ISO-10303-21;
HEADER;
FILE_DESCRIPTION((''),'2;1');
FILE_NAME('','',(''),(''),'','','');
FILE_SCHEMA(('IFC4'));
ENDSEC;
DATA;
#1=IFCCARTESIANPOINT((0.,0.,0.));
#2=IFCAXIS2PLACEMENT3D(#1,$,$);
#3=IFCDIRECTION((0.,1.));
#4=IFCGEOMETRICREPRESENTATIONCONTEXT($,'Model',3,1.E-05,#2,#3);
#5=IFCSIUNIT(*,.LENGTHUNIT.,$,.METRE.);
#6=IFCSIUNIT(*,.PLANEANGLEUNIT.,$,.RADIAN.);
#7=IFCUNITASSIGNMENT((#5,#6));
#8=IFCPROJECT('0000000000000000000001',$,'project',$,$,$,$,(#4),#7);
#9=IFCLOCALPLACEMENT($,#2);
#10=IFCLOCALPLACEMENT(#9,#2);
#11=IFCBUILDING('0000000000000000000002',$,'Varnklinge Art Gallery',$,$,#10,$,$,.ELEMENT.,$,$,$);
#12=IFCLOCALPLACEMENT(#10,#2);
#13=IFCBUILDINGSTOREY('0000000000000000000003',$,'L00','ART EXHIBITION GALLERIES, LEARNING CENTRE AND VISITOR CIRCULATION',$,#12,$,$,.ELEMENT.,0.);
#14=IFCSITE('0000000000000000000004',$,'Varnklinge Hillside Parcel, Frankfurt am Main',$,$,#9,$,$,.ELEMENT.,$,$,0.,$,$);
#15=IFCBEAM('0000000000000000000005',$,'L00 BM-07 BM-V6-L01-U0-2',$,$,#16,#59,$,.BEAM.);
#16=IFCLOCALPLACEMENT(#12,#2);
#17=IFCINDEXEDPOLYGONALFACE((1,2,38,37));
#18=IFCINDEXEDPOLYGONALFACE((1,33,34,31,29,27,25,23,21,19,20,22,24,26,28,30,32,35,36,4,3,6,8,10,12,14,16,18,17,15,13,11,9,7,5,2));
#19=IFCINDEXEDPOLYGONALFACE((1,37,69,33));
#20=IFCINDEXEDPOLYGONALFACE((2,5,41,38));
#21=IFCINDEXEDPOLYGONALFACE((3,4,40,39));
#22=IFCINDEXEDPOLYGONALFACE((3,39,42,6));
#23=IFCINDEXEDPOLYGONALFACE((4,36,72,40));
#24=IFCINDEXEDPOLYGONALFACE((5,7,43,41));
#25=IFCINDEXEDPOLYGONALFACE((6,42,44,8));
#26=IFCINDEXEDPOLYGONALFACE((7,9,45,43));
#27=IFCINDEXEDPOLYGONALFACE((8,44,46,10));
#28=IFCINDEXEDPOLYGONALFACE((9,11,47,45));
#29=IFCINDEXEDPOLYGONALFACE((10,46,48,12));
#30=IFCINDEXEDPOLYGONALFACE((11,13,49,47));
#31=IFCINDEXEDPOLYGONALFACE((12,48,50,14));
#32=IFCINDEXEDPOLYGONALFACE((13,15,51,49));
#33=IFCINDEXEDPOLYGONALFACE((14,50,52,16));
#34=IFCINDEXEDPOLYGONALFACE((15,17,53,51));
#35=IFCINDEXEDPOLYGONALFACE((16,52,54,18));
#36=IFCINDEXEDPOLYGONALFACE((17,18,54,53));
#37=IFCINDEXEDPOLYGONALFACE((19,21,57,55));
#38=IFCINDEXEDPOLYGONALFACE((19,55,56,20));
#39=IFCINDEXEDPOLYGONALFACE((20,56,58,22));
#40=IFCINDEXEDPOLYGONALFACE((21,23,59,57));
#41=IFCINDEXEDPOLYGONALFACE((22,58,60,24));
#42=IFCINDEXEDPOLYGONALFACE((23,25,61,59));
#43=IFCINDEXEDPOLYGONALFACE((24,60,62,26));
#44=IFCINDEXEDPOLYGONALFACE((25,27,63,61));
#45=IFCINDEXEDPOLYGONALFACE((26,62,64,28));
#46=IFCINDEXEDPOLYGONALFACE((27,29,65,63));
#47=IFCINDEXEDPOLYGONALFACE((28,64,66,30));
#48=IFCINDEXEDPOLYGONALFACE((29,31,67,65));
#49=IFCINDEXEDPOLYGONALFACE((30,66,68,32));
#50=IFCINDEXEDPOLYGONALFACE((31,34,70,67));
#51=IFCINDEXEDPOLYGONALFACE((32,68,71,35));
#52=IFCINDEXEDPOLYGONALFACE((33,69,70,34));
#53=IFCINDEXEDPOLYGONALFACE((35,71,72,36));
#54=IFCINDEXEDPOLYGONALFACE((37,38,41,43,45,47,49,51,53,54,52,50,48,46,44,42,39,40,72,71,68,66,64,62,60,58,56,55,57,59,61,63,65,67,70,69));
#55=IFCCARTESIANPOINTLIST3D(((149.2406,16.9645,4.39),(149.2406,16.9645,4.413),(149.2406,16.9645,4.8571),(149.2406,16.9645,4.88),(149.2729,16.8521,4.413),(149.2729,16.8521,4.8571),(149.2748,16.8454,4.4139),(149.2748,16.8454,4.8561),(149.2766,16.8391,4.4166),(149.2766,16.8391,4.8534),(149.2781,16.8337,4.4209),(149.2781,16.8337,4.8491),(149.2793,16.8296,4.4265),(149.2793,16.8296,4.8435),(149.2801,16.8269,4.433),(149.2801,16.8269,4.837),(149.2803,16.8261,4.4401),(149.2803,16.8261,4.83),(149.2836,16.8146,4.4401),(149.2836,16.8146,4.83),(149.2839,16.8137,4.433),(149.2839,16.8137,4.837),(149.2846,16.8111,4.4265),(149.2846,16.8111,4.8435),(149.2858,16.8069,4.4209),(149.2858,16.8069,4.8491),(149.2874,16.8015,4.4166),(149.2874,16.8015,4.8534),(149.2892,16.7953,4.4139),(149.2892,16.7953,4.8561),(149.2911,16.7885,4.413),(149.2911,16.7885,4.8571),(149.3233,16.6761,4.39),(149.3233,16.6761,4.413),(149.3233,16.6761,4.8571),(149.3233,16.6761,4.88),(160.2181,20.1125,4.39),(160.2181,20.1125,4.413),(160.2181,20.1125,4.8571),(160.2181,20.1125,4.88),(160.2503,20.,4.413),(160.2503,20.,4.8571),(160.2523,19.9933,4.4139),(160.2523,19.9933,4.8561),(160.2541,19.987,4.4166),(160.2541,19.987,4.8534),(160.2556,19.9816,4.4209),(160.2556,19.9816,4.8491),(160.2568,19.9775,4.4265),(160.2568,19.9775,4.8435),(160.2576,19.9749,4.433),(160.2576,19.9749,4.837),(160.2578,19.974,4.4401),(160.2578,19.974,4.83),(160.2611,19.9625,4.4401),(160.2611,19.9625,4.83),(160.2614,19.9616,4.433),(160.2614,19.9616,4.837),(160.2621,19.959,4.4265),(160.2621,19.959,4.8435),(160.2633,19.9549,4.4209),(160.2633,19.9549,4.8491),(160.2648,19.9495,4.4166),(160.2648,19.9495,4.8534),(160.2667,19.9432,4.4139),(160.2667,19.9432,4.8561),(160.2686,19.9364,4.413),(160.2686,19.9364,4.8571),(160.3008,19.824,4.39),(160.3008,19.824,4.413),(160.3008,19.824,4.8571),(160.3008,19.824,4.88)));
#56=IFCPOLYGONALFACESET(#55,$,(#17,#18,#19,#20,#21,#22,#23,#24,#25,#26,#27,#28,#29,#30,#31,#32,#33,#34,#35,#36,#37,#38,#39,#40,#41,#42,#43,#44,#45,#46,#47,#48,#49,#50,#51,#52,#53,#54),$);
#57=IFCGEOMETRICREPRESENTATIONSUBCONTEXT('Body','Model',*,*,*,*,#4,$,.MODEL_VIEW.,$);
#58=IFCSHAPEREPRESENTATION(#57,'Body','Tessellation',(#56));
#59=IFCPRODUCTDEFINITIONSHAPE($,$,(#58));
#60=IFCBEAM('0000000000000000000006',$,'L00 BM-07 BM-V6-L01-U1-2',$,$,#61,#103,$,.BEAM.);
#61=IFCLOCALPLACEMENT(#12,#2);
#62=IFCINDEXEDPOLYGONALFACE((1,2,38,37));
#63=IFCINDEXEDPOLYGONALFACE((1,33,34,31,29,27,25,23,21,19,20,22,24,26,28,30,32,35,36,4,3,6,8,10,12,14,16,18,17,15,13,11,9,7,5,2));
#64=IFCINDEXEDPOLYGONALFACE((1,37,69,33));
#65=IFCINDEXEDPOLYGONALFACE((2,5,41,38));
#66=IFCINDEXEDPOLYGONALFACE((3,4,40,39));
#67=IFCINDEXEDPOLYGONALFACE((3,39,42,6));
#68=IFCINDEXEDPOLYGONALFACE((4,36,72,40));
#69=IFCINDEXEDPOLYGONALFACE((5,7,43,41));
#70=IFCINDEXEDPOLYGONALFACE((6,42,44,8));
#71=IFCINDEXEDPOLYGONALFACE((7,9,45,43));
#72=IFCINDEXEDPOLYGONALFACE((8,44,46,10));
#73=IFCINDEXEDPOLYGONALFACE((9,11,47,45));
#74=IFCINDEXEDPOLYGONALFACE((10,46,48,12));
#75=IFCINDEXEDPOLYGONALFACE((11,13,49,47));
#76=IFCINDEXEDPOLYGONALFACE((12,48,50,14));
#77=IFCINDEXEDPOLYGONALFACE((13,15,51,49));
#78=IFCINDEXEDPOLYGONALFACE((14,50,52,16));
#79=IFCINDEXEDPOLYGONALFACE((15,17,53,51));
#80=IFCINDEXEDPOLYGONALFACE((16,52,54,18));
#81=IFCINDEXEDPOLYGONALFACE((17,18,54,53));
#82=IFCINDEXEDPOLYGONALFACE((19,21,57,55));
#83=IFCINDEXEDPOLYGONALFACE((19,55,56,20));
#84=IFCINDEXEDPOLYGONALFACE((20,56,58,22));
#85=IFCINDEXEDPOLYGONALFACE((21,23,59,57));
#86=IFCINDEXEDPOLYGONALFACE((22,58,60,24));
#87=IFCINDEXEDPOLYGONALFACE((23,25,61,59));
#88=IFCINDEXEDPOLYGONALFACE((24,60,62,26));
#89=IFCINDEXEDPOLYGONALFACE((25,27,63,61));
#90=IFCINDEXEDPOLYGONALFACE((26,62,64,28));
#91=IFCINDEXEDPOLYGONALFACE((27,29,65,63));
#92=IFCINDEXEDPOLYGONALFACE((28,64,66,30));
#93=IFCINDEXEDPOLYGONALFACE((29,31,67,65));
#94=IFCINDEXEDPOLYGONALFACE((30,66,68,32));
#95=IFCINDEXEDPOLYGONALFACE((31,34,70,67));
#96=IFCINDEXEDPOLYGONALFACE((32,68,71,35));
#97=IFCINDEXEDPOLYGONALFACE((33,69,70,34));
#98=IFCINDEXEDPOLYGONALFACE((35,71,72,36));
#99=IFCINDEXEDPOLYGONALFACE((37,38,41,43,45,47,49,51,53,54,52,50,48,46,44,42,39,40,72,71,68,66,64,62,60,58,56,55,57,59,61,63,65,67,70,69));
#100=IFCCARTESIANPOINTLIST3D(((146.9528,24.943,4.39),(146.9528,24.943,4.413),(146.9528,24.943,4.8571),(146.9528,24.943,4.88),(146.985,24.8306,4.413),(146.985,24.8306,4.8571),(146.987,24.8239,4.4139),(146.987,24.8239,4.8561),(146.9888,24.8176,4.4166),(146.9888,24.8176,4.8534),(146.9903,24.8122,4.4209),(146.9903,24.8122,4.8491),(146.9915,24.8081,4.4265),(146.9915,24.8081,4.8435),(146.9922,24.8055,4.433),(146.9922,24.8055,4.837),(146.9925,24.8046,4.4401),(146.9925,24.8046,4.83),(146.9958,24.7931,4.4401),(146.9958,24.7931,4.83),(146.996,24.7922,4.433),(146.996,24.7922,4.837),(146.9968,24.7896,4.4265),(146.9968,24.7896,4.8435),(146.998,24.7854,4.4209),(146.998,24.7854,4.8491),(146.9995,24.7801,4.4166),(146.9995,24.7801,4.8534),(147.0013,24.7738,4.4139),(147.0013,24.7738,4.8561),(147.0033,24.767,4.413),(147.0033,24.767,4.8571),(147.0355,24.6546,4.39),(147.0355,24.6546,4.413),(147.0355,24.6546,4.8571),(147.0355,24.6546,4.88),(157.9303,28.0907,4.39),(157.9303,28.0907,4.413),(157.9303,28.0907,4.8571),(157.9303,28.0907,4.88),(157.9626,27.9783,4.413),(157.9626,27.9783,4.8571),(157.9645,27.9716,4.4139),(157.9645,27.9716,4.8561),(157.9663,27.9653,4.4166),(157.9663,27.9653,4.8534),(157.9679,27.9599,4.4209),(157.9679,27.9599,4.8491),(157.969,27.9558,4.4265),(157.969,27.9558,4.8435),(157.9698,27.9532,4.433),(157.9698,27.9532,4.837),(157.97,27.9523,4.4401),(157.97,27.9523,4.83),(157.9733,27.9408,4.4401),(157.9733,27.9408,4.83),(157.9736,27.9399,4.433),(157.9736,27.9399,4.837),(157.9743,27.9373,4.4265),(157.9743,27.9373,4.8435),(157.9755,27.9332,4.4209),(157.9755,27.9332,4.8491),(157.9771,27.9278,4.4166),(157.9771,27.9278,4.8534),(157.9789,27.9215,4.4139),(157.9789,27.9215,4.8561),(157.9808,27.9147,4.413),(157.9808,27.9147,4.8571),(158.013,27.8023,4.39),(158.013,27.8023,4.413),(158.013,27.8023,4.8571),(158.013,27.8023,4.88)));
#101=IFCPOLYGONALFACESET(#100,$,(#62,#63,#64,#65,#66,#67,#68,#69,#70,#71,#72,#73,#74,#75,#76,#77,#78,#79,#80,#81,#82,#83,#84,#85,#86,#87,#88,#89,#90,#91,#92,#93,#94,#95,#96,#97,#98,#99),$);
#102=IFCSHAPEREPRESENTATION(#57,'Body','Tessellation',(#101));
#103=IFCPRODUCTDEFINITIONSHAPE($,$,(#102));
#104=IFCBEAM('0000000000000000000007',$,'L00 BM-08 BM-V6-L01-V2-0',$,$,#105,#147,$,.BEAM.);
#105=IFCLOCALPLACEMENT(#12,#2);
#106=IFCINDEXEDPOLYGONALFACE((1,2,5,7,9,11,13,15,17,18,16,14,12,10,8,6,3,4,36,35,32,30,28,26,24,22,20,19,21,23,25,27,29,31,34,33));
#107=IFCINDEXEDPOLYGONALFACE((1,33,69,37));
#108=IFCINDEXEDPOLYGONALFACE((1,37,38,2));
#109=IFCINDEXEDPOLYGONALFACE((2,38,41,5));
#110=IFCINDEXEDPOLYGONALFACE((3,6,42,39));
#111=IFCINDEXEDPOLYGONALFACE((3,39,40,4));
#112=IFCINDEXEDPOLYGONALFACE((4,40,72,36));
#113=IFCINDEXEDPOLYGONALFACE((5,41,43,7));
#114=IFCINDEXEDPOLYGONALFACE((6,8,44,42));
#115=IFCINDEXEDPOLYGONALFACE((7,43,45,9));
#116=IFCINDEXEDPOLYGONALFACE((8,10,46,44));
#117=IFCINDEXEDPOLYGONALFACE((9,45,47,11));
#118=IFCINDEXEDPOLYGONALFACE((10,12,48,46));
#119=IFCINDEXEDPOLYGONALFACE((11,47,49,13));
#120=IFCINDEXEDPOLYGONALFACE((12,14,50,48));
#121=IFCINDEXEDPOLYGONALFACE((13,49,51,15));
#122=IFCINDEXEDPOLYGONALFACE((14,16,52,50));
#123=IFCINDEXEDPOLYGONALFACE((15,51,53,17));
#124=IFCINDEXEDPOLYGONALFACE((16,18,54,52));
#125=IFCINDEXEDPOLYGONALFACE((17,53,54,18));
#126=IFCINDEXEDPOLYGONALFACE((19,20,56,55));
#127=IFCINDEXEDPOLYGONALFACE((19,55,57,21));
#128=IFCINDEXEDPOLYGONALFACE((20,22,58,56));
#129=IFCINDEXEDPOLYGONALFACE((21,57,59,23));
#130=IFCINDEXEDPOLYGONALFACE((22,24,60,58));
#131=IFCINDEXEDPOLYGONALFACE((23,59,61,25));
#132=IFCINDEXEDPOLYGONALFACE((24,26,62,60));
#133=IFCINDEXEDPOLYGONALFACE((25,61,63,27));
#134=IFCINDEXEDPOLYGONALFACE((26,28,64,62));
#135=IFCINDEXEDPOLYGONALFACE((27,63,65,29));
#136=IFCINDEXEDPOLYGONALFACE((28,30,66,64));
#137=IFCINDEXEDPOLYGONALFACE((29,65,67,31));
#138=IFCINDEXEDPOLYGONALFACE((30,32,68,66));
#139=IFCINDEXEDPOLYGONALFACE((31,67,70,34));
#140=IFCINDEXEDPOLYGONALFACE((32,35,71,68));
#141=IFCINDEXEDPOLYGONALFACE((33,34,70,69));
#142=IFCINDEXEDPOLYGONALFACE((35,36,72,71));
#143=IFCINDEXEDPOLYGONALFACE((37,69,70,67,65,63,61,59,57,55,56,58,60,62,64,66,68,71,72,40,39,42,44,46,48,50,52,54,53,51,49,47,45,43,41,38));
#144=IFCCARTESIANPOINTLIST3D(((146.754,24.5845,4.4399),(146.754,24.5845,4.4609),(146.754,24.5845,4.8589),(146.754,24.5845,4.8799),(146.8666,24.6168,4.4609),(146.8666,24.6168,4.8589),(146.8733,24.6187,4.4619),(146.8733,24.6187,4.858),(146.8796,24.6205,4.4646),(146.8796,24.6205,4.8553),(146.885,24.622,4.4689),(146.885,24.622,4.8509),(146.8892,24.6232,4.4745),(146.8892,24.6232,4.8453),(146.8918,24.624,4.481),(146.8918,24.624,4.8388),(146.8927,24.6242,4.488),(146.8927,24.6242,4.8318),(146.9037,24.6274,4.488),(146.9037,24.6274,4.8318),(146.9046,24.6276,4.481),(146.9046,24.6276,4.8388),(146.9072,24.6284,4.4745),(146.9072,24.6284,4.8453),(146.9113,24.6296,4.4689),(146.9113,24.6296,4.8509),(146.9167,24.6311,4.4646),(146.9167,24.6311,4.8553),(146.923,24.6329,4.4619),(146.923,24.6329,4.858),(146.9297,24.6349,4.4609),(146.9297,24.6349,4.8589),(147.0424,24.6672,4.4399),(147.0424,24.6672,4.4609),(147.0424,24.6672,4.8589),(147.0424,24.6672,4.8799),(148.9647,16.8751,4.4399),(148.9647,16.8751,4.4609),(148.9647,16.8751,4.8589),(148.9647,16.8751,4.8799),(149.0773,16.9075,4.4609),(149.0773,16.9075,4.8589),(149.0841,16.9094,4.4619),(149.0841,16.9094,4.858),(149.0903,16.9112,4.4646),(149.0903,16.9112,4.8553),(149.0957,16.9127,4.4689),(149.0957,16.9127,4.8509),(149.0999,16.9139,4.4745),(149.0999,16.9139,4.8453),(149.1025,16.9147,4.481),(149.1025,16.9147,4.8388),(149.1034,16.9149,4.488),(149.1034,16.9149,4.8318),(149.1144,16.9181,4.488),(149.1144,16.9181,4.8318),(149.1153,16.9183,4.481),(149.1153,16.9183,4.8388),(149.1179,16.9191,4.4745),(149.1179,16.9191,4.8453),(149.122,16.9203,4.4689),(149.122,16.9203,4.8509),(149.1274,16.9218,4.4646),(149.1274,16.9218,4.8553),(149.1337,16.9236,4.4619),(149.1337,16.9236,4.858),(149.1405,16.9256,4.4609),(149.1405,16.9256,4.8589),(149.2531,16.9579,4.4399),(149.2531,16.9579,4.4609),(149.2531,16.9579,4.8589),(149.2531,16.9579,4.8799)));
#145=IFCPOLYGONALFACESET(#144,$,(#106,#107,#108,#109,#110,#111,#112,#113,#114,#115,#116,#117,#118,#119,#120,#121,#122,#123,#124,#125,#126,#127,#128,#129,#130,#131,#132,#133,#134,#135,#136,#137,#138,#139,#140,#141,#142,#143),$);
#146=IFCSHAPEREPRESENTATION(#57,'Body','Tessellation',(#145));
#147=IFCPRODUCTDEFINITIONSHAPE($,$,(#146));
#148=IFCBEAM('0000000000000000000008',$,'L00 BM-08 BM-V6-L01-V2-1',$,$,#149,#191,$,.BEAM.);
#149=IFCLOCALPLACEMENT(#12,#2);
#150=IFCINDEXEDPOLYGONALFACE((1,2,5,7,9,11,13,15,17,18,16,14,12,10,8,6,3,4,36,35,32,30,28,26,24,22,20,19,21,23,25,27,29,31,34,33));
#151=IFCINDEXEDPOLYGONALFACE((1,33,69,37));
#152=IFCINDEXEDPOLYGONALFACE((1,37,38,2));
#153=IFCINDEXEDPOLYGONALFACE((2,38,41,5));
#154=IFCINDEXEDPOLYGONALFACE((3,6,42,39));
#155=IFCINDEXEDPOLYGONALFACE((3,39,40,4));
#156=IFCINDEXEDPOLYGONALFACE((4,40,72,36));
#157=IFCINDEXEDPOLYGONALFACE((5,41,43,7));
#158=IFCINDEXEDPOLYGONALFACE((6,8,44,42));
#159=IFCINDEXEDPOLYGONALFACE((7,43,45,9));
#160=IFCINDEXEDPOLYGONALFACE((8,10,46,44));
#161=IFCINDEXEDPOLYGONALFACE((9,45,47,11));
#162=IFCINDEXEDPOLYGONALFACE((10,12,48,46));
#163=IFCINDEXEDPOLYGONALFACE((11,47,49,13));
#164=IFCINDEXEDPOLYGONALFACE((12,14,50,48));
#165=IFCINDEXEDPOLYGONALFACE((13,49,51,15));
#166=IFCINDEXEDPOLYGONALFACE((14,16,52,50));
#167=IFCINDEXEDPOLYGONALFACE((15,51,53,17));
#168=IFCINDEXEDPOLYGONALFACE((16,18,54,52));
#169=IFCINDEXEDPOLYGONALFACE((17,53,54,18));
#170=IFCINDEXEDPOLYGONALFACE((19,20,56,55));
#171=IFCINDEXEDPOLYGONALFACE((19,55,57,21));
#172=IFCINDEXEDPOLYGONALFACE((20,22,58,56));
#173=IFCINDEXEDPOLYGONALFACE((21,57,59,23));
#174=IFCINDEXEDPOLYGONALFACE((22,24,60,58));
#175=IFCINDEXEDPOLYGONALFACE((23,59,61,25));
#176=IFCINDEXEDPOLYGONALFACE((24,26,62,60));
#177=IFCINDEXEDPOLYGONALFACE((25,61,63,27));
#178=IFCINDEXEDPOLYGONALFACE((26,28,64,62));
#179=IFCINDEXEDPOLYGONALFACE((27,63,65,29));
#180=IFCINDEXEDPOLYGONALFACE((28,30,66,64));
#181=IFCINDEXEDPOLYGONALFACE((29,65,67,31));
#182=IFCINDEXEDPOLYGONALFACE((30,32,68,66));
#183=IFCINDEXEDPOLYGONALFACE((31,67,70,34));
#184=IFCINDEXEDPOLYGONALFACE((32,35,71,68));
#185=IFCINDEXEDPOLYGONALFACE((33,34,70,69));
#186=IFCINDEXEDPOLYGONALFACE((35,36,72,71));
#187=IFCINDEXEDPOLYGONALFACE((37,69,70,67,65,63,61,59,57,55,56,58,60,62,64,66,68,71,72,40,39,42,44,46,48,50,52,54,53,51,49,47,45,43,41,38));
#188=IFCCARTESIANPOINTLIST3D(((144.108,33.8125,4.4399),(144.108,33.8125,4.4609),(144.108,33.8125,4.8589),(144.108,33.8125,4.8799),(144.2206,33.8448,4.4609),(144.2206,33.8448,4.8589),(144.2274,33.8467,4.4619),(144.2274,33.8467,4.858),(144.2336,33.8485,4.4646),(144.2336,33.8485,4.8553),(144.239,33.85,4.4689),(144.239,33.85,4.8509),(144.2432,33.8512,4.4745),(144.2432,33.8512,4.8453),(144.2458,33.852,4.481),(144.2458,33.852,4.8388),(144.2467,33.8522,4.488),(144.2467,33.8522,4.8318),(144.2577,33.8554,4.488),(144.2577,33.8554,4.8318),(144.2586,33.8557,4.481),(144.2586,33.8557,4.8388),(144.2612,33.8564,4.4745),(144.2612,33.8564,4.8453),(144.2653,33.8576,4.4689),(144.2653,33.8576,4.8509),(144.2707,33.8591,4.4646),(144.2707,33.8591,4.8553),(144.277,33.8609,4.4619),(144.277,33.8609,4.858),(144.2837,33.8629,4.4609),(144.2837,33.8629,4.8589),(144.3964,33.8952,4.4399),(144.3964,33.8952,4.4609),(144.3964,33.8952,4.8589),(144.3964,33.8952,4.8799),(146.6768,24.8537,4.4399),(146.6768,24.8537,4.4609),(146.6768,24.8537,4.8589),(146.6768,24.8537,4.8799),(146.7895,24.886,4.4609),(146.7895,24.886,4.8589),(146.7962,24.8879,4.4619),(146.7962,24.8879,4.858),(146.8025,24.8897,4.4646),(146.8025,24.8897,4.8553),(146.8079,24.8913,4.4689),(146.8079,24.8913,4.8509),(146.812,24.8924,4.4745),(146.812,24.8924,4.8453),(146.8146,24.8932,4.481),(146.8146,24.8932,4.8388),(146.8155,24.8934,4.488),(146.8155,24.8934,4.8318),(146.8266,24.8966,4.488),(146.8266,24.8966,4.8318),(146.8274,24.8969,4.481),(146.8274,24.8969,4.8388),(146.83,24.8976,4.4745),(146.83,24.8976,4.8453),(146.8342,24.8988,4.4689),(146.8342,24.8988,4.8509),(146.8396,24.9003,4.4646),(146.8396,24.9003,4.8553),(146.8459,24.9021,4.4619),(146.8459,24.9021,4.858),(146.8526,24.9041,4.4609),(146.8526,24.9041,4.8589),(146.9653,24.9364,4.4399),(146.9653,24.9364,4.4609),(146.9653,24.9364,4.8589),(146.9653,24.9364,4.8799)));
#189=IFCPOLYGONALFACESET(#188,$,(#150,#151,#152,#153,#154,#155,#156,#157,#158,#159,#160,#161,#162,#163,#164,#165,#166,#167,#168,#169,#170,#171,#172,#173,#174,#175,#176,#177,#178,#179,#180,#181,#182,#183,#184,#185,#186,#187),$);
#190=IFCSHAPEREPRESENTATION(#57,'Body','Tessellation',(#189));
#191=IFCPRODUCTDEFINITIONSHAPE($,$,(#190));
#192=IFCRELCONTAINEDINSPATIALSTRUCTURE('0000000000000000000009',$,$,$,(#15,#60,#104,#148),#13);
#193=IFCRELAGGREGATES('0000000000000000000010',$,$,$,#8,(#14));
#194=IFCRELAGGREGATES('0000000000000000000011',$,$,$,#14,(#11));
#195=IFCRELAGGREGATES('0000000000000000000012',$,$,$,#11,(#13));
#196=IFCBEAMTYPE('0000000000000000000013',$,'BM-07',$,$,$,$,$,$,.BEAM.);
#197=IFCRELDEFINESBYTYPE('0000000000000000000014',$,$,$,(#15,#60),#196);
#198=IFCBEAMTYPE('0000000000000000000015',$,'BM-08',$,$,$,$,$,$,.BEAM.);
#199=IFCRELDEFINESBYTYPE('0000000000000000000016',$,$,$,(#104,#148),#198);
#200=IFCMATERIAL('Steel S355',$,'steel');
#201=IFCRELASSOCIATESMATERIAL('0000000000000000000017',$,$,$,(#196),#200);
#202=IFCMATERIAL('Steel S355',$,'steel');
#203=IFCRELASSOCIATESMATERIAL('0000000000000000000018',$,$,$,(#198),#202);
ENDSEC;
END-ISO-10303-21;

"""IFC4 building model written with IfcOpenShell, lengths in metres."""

from ifc_helpers import new_model, si_unit, direction, frame, origin, origin_2d, place, context, subcontext, project, spatial, i_section, extrude, material, material_profile, profile_set, type_object, element, save


model = new_model("IFC4")

# Units and contexts
model_context = context("Model", 3, precision=1e-05, world=origin(), true_north=direction((0.0, 1.0)))
body_context = subcontext(model_context, "Body", "Model", "MODEL_VIEW")
ifc_project = project(units=[si_unit("LENGTHUNIT", "METRE"), si_unit("PLANEANGLEUNIT", "RADIAN")], contexts=[model_context])

# Site, building, storey
site_placement = place(None, origin())
site = spatial("IfcSite", under=ifc_project, at=site_placement, Name="Varnklinge Hillside Parcel, Frankfurt am Main", CompositionType="ELEMENT", RefElevation=0.0)
building_placement = place(site_placement, origin())
building = spatial("IfcBuilding", under=site, at=building_placement, Name="Varnklinge Art Gallery", CompositionType="ELEMENT")
storey_placement = place(building_placement, origin())
storey = spatial("IfcBuildingStorey", under=building, at=storey_placement, Name="L00", Description="ART EXHIBITION GALLERIES, LEARNING CENTRE AND VISITOR CIRCULATION", CompositionType="ELEMENT", Elevation=0.0)

# Beams
ifc_material_1 = material(Name="Steel S355", Category="steel")
ifc_material_profile_1 = material_profile(ifc_material_1, i_section(OverallWidth=0.3, OverallDepth=0.49, WebThickness=0.012, FlangeThickness=0.0229, FilletRadius=0.0271, at=origin_2d()), Name="HEA 500")
ifc_profile_set_1 = profile_set([ifc_material_profile_1], Name="Steel S355")
beam_type_1 = type_object("IfcBeamType", Name="BM-07", PredefinedType="BEAM", material=ifc_profile_set_1)
for number, where, z_axis, x_axis, name in (
    (1, (149.282, 16.8203, 4.635), (0.961257, 0.275653, 0.0), (-0.275653, 0.961257, 0.0), "L00 BM-07 BM-V6-L01-U0-2"),
    (2, (146.9941, 24.7988, 4.635), (0.961263, 0.275633, 0.0), (-0.275633, 0.961263, 0.0), "L00 BM-07 BM-V6-L01-U1-2"),
):
    element("IfcBeam", number, at=place(storey_placement, frame(where, z_axis=z_axis, x_axis=x_axis)), inside=storey, type_object=beam_type_1, Name=name, PredefinedType="BEAM", context=body_context, shape_type="SweptSolid", body=[
        extrude(i_section(OverallWidth=0.3, OverallDepth=0.49, WebThickness=0.012, FlangeThickness=0.0229, FilletRadius=0.0271, at=origin_2d()), origin(), (0.0, 0.0, 1.0), 11.4199),
    ])
ifc_material_2 = material(Name="Steel S355", Category="steel")
ifc_material_profile_2 = material_profile(ifc_material_2, i_section(OverallWidth=0.3, OverallDepth=0.4399, WebThickness=0.0115, FlangeThickness=0.021, FilletRadius=0.0271, at=origin_2d()), Name="HEA 450")
ifc_profile_set_2 = profile_set([ifc_material_profile_2], Name="Steel S355")
beam_type_2 = type_object("IfcBeamType", Name="BM-08", PredefinedType="BEAM", material=ifc_profile_set_2)
beam_1_placement = place(storey_placement, frame((149.1089, 16.9165, 4.6599), z_axis=(-0.27565, 0.961258, 0.0), x_axis=(-0.961258, -0.27565, 0.0)))
element("IfcBeam", 3, at=beam_1_placement, inside=storey, type_object=beam_type_2, Name="L00 BM-08 BM-V6-L01-V2-0", PredefinedType="BEAM", context=body_context, shape_type="SweptSolid", body=[
    extrude(i_section(OverallWidth=0.3, OverallDepth=0.4399, WebThickness=0.0115, FlangeThickness=0.021, FilletRadius=0.0271, at=origin_2d()), origin(), (0.0, 0.0, 1.0), 8.02),
])
beam_2_placement = place(storey_placement, frame((146.821, 24.895, 4.6599), z_axis=(-0.275634, 0.961263, 0.0), x_axis=(-0.961263, -0.275634, 0.0)))
element("IfcBeam", 4, at=beam_2_placement, inside=storey, type_object=beam_type_2, Name="L00 BM-08 BM-V6-L01-V2-1", PredefinedType="BEAM", context=body_context, shape_type="SweptSolid", body=[
    extrude(i_section(OverallWidth=0.3, OverallDepth=0.4399, WebThickness=0.0115, FlangeThickness=0.021, FilletRadius=0.0271, at=origin_2d()), origin(), (0.0, 0.0, 1.0), 9.3198),
])

save(model, "model.ifc")
